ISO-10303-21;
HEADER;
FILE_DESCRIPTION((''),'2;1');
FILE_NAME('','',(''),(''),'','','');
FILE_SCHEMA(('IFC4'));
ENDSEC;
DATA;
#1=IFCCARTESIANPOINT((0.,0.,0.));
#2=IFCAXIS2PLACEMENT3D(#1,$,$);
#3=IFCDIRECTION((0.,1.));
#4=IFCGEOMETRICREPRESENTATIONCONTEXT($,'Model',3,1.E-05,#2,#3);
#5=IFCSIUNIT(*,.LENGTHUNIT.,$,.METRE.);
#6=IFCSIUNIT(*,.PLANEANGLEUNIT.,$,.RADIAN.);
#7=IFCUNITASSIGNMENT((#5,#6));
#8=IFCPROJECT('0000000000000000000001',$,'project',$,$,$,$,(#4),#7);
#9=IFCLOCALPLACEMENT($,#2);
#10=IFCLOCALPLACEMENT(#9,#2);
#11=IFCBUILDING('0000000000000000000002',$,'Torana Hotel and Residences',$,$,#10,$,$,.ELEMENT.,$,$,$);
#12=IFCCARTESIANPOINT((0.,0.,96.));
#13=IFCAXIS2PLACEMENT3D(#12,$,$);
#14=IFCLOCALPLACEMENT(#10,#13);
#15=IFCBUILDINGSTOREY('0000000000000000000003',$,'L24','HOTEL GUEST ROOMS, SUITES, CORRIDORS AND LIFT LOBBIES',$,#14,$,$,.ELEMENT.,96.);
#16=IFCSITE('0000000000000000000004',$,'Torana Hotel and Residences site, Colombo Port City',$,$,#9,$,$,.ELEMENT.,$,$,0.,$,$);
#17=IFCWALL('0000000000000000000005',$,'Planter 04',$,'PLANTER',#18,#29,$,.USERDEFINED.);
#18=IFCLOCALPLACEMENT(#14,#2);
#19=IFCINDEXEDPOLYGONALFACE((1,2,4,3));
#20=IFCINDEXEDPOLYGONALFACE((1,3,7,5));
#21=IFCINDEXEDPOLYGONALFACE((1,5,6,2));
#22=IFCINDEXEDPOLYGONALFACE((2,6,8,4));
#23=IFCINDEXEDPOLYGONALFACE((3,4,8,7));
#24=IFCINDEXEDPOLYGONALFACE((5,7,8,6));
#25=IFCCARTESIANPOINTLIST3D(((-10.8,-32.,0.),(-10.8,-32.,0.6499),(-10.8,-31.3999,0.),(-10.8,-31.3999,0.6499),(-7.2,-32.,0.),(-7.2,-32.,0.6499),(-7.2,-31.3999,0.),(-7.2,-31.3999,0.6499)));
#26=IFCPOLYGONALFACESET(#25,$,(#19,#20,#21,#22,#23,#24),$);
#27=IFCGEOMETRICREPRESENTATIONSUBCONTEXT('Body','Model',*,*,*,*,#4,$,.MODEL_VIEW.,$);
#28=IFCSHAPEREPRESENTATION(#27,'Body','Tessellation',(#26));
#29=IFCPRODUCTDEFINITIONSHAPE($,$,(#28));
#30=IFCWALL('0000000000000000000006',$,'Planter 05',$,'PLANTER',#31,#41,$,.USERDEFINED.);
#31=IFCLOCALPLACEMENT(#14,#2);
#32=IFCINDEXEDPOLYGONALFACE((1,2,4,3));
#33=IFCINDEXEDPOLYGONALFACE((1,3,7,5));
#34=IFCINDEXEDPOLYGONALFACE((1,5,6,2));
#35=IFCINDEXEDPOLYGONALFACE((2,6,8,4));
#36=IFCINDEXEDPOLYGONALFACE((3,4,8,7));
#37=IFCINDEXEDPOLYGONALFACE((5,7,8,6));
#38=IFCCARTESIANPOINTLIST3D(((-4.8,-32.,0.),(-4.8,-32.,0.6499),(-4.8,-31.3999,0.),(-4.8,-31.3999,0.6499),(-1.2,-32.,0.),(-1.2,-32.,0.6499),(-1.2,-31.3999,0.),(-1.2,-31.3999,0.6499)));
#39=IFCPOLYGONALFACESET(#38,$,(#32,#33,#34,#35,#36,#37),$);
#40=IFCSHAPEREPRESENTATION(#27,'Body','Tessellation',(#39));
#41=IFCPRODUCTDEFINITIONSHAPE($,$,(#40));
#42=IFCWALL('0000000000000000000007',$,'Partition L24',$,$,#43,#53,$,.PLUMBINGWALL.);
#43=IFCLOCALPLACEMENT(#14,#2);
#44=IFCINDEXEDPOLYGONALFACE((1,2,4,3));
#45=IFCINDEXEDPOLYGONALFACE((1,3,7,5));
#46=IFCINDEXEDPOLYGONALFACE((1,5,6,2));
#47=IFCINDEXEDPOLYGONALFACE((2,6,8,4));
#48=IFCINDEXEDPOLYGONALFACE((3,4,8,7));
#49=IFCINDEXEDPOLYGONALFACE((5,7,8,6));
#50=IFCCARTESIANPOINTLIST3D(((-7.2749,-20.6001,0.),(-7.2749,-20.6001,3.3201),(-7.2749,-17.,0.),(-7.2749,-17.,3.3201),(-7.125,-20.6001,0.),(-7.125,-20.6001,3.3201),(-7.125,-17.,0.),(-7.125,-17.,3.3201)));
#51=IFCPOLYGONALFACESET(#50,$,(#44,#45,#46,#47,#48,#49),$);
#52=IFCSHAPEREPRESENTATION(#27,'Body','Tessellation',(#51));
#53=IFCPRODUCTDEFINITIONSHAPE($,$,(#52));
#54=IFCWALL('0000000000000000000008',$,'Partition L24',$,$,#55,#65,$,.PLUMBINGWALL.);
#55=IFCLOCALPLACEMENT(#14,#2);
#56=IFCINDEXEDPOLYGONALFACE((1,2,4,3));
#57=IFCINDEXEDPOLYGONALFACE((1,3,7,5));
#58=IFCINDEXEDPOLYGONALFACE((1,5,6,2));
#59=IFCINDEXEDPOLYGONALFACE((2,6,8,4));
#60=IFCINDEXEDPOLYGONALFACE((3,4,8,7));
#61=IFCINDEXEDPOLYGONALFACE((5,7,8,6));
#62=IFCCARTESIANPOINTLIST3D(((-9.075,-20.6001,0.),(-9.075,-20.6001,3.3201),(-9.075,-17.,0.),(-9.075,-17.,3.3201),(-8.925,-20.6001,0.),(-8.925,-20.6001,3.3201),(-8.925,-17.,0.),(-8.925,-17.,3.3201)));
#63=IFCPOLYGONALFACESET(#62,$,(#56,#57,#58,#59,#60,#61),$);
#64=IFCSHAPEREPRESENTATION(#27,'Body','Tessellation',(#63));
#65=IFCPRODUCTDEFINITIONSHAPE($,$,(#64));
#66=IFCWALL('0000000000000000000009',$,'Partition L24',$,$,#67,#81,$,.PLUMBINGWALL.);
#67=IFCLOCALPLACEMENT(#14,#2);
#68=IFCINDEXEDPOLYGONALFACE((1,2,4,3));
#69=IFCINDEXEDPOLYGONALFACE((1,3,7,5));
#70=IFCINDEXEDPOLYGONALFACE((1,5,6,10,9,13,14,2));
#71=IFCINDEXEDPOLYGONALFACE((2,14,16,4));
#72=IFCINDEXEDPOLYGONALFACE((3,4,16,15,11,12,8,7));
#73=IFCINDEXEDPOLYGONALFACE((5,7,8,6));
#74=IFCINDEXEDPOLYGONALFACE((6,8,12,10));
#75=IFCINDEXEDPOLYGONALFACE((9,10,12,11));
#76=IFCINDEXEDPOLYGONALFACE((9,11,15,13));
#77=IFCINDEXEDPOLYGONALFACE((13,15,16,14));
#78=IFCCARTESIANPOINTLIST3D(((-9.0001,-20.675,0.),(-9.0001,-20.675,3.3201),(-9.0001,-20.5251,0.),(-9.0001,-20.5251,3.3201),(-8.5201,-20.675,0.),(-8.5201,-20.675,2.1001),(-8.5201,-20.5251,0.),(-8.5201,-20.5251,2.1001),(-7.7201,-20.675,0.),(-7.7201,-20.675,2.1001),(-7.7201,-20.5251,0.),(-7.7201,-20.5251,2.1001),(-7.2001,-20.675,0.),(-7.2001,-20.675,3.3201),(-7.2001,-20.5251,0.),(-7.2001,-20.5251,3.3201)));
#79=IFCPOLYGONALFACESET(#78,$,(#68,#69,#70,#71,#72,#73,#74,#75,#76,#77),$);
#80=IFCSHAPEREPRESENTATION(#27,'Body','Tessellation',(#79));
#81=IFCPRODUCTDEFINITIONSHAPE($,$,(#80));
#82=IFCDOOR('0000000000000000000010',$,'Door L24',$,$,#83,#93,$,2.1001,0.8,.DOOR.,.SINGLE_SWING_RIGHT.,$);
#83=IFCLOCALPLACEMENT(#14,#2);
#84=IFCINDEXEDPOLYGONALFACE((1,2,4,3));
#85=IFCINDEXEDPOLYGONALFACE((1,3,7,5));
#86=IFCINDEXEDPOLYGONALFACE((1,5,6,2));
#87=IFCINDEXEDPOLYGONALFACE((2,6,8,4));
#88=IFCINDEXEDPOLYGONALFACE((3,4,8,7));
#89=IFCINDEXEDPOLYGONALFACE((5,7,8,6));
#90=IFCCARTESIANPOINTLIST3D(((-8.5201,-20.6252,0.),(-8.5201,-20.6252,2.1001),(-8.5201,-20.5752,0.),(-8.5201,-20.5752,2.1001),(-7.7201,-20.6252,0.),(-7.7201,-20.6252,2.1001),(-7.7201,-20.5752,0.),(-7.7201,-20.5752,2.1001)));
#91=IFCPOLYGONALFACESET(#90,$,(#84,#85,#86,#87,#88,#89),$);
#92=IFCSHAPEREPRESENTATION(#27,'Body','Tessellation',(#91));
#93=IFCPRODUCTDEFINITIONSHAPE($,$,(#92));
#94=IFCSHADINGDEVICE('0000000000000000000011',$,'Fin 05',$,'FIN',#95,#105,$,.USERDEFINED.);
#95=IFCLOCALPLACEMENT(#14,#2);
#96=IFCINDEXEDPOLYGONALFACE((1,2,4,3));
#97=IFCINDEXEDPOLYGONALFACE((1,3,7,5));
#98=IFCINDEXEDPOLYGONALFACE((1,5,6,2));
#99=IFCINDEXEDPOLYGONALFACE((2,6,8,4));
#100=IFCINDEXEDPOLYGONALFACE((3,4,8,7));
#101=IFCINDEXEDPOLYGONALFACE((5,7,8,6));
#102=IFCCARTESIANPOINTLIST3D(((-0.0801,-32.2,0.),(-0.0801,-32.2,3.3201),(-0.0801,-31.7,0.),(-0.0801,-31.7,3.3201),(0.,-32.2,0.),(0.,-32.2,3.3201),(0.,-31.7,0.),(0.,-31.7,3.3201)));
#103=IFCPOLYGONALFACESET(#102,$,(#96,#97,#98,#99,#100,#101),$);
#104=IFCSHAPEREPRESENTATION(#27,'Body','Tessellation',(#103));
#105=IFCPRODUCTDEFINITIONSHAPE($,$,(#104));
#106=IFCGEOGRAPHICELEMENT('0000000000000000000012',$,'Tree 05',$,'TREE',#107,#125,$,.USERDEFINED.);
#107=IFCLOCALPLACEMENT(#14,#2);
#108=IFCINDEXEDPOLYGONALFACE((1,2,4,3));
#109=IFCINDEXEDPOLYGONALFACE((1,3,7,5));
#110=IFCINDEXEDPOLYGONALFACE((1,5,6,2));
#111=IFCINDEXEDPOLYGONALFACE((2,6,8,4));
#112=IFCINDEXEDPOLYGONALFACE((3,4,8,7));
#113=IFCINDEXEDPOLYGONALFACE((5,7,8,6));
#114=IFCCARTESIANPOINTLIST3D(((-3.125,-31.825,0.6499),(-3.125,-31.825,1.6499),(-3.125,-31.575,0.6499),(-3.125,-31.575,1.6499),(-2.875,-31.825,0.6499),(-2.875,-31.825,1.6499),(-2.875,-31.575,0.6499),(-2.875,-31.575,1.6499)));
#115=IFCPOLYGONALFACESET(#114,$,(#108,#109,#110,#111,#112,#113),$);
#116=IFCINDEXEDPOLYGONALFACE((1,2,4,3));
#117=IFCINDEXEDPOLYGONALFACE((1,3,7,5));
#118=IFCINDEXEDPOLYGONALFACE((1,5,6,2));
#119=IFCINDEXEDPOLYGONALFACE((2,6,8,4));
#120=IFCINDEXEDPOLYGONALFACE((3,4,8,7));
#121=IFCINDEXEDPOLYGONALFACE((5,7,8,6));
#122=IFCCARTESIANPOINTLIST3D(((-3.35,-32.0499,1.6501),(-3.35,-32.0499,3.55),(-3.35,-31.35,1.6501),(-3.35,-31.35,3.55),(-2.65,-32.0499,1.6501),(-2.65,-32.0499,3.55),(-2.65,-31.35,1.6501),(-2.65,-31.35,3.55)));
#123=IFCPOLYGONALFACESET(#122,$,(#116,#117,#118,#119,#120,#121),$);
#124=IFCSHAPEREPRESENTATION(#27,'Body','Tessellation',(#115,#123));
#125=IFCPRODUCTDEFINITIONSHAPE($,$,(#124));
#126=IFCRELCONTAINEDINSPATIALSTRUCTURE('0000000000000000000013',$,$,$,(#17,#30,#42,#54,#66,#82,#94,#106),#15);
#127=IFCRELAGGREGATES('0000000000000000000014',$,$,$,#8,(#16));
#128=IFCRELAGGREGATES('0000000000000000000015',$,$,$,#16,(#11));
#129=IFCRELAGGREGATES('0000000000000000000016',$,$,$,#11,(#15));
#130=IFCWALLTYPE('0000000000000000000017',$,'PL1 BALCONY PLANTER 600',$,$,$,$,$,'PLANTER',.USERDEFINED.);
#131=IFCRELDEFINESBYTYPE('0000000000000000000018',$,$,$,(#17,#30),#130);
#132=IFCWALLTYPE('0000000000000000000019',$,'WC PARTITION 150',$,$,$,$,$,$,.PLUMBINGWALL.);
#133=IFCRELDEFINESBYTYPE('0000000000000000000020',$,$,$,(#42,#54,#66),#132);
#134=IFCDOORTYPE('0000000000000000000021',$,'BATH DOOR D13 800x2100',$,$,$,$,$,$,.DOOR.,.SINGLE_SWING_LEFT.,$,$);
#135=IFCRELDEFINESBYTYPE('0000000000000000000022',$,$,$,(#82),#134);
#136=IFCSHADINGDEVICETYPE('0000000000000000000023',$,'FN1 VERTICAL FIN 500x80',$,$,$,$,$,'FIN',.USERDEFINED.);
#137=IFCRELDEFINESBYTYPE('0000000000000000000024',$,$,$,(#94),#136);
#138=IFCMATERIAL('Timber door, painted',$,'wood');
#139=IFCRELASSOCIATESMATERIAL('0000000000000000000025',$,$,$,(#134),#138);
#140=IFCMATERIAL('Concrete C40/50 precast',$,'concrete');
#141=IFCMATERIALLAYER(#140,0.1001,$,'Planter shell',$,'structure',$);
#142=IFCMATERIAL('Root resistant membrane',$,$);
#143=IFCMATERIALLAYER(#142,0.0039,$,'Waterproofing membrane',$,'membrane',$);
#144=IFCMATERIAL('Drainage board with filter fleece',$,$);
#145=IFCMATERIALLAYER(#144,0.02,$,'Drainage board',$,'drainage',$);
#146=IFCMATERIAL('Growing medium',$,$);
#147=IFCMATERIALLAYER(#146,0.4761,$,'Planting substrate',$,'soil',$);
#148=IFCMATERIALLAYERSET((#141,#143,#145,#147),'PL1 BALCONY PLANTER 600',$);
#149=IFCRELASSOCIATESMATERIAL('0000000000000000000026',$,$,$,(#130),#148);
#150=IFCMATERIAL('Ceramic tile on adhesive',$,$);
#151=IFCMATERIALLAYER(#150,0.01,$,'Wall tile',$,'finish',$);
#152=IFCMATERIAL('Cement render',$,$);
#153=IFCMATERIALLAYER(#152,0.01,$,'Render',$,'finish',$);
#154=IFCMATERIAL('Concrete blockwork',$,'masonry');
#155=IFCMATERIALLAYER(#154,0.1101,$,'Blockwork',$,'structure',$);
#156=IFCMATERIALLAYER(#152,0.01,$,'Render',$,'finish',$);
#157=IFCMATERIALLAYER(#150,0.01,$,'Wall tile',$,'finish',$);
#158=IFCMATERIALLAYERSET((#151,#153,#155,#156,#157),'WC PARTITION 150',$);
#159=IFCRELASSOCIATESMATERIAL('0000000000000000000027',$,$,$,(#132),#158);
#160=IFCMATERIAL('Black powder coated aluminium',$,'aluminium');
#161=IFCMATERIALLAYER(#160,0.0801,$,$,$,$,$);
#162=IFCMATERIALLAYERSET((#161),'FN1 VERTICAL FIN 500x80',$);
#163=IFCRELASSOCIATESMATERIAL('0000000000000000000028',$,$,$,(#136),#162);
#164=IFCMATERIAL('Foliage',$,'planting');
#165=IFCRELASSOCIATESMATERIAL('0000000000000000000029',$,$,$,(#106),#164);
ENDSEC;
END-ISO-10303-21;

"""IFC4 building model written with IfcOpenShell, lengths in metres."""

from ifc_helpers import new_model, si_unit, direction, frame, frame_2d, origin, origin_2d, place, context, subcontext, project, spatial, rectangle, extrude, material, layer, layer_set, type_object, element, fill, save


model = new_model("IFC4")

# Units and contexts
model_context = context("Model", 3, precision=1e-05, world=origin(), true_north=direction((0.0, 1.0)))
body_context = subcontext(model_context, "Body", "Model", "MODEL_VIEW")
ifc_project = project(units=[si_unit("LENGTHUNIT", "METRE"), si_unit("PLANEANGLEUNIT", "RADIAN")], contexts=[model_context])

# Site, building, storey
site_placement = place(None, origin())
site = spatial("IfcSite", under=ifc_project, at=site_placement, Name="Torana Hotel and Residences site, Colombo Port City", CompositionType="ELEMENT", RefElevation=0.0)
building_placement = place(site_placement, origin())
building = spatial("IfcBuilding", under=site, at=building_placement, Name="Torana Hotel and Residences", CompositionType="ELEMENT")
storey_placement = place(building_placement, frame((0.0, 0.0, 96.0)))
storey = spatial("IfcBuildingStorey", under=building, at=storey_placement, Name="L24", Description="HOTEL GUEST ROOMS, SUITES, CORRIDORS AND LIFT LOBBIES", CompositionType="ELEMENT", Elevation=96.0)

# Shared definitions
ifc_material_1 = material(Name="Timber door, painted", Category="wood")
door_type_1 = type_object("IfcDoorType", Name="BATH DOOR D13 800x2100", OperationType="SINGLE_SWING_LEFT", PredefinedType="DOOR", material=ifc_material_1)

# Walls
ifc_material_2 = material(Name="Concrete C40/50 precast", Category="concrete")
ifc_layer_1 = layer(ifc_material_2, 0.1001, Name="Planter shell", Category="structure")
ifc_material_3 = material(Name="Root resistant membrane")
ifc_layer_2 = layer(ifc_material_3, 0.0039, Name="Waterproofing membrane", Category="membrane")
ifc_material_4 = material(Name="Drainage board with filter fleece")
ifc_layer_3 = layer(ifc_material_4, 0.02, Name="Drainage board", Category="drainage")
ifc_material_5 = material(Name="Growing medium")
ifc_layer_4 = layer(ifc_material_5, 0.4761, Name="Planting substrate", Category="soil")
ifc_layer_set_1 = layer_set([ifc_layer_1, ifc_layer_2, ifc_layer_3, ifc_layer_4], Name="PL1 BALCONY PLANTER 600")
wall_type_1 = type_object("IfcWallType", Name="PL1 BALCONY PLANTER 600", ElementType="PLANTER", PredefinedType="USERDEFINED", material=ifc_layer_set_1)
for number, where, z_axis, x_axis, name in (
    (1, (-7.2, -31.7, 0.0), (0.0, 0.0, 1.0), (-1.0, 0.0, 0.0), "Planter 04"),
    (2, (-1.2, -31.7, 0.0), (0.0, 0.0, 1.0), (-1.0, 0.0, 0.0), "Planter 05"),
):
    element("IfcWall", number, at=place(storey_placement, frame(where, z_axis=z_axis, x_axis=x_axis)), inside=storey, type_object=wall_type_1, Name=name, ObjectType="PLANTER", PredefinedType="USERDEFINED", context=body_context, shape_type="SweptSolid", body=[
        extrude(rectangle(XDim=3.6001, YDim=0.6001, at=frame_2d((1.8, 0.0))), origin(), (0.0, 0.0, 1.0), 0.6499),
    ])
ifc_material_6 = material(Name="Ceramic tile on adhesive")
ifc_layer_5 = layer(ifc_material_6, 0.01, Name="Wall tile", Category="finish")
ifc_material_7 = material(Name="Cement render")
ifc_layer_6 = layer(ifc_material_7, 0.01, Name="Render", Category="finish")
ifc_material_8 = material(Name="Concrete blockwork", Category="masonry")
ifc_layer_7 = layer(ifc_material_8, 0.1101, Name="Blockwork", Category="structure")
ifc_layer_8 = layer(ifc_material_7, 0.01, Name="Render", Category="finish")
ifc_layer_9 = layer(ifc_material_6, 0.01, Name="Wall tile", Category="finish")
ifc_layer_set_2 = layer_set([ifc_layer_5, ifc_layer_6, ifc_layer_7, ifc_layer_8, ifc_layer_9], Name="WC PARTITION 150")
wall_type_2 = type_object("IfcWallType", Name="WC PARTITION 150", PredefinedType="PLUMBINGWALL", material=ifc_layer_set_2)
for number, where, z_axis, x_axis, name in (
    (3, (-7.2, -20.6001, 0.0), (0.0, 0.0, 1.0), (0.0, 1.0, 0.0), "Partition L24"),
    (4, (-9.0, -20.6001, 0.0), (0.0, 0.0, 1.0), (0.0, 1.0, 0.0), "Partition L24"),
):
    element("IfcWall", number, at=place(storey_placement, frame(where, z_axis=z_axis, x_axis=x_axis)), inside=storey, type_object=wall_type_2, Name=name, PredefinedType="PLUMBINGWALL", context=body_context, shape_type="SweptSolid", body=[
        extrude(rectangle(XDim=3.6001, YDim=0.1499, at=frame_2d((1.8, 0.0))), origin(), (0.0, 0.0, 1.0), 3.3201),
    ])

# Wall, opening, door
wall_1_placement = place(storey_placement, frame((-9.0, -20.6001, 0.0), z_axis=(0.0, 0.0, 1.0), x_axis=(1.0, 0.0, 0.0)))
wall_1 = element("IfcWall", 5, at=wall_1_placement, inside=storey, type_object=wall_type_2, Name="Partition L24", PredefinedType="PLUMBINGWALL", context=body_context, shape_type="SweptSolid", body=[
    extrude(rectangle(XDim=1.8, YDim=0.1499, at=frame_2d((0.8999, 0.0))), origin(), (0.0, 0.0, 1.0), 3.3201),
])
opening_1_placement = place(wall_1_placement, frame((0.48, 0.0, 0.0)))
opening_1 = element("IfcOpeningElement", 6, at=opening_1_placement, cuts=wall_1, PredefinedType="OPENING", context=body_context, shape_type="SweptSolid", body=[
    extrude(rectangle(XDim=0.8, YDim=2.1001, at=frame_2d((0.3999, 1.05))), frame((0.0, 0.085, 0.0), z_axis=(0.0, -1.0, 0.0), x_axis=(1.0, 0.0, 0.0)), (0.0, 0.0, 1.0), 0.1699),
])
door_1_placement = place(opening_1_placement, origin())
door_1 = element("IfcDoor", 7, at=door_1_placement, inside=storey, type_object=door_type_1, Name="Door L24", OperationType="SINGLE_SWING_RIGHT", OverallHeight=2.1001, OverallWidth=0.8, PredefinedType="DOOR", context=body_context, shape_type="SweptSolid", body=[
    extrude(rectangle(XDim=0.8, YDim=2.1001, at=frame_2d((0.3999, 1.05))), frame((0.0, 0.0249, 0.0), z_axis=(0.0, -1.0, 0.0), x_axis=(1.0, 0.0, 0.0)), (0.0, 0.0, 1.0), 0.05),
])
fill(opening_1, door_1)

# Shading device
ifc_material_9 = material(Name="Black powder coated aluminium", Category="aluminium")
ifc_layer_10 = layer(ifc_material_9, 0.0801)
ifc_layer_set_3 = layer_set([ifc_layer_10], Name="FN1 VERTICAL FIN 500x80")
shading_device_type = type_object("IfcShadingDeviceType", Name="FN1 VERTICAL FIN 500x80", ElementType="FIN", PredefinedType="USERDEFINED", material=ifc_layer_set_3)
shading_device_placement = place(storey_placement, frame((-0.04, -31.95, 0.0), z_axis=(0.0, 0.0, 1.0), x_axis=(-1.0, 0.0, 0.0)))
element("IfcShadingDevice", 8, at=shading_device_placement, inside=storey, type_object=shading_device_type, Name="Fin 05", ObjectType="FIN", PredefinedType="USERDEFINED", context=body_context, shape_type="SweptSolid", body=[
    extrude(rectangle(XDim=0.0801, YDim=0.5, at=origin_2d()), origin(), (0.0, 0.0, 1.0), 3.3201),
])

# Geographic element
ifc_material_10 = material(Name="Foliage", Category="planting")
geographic_element_placement = place(storey_placement, frame((-3.0, -31.7, 0.6499), z_axis=(0.0, 0.0, 1.0), x_axis=(1.0, 0.0, 0.0)))
element("IfcGeographicElement", 9, at=geographic_element_placement, inside=storey, material=ifc_material_10, Name="Tree 05", ObjectType="TREE", PredefinedType="USERDEFINED", context=body_context, shape_type="SweptSolid", body=[
    extrude(rectangle(XDim=0.25, YDim=0.25, at=origin_2d()), origin(), (0.0, 0.0, 1.0), 1.0),
    extrude(rectangle(XDim=0.7, YDim=0.7, at=origin_2d()), frame((0.0, 0.0, 1.0002)), (0.0, 0.0, 1.0), 1.8999),
])

save(model, "model.ifc")
